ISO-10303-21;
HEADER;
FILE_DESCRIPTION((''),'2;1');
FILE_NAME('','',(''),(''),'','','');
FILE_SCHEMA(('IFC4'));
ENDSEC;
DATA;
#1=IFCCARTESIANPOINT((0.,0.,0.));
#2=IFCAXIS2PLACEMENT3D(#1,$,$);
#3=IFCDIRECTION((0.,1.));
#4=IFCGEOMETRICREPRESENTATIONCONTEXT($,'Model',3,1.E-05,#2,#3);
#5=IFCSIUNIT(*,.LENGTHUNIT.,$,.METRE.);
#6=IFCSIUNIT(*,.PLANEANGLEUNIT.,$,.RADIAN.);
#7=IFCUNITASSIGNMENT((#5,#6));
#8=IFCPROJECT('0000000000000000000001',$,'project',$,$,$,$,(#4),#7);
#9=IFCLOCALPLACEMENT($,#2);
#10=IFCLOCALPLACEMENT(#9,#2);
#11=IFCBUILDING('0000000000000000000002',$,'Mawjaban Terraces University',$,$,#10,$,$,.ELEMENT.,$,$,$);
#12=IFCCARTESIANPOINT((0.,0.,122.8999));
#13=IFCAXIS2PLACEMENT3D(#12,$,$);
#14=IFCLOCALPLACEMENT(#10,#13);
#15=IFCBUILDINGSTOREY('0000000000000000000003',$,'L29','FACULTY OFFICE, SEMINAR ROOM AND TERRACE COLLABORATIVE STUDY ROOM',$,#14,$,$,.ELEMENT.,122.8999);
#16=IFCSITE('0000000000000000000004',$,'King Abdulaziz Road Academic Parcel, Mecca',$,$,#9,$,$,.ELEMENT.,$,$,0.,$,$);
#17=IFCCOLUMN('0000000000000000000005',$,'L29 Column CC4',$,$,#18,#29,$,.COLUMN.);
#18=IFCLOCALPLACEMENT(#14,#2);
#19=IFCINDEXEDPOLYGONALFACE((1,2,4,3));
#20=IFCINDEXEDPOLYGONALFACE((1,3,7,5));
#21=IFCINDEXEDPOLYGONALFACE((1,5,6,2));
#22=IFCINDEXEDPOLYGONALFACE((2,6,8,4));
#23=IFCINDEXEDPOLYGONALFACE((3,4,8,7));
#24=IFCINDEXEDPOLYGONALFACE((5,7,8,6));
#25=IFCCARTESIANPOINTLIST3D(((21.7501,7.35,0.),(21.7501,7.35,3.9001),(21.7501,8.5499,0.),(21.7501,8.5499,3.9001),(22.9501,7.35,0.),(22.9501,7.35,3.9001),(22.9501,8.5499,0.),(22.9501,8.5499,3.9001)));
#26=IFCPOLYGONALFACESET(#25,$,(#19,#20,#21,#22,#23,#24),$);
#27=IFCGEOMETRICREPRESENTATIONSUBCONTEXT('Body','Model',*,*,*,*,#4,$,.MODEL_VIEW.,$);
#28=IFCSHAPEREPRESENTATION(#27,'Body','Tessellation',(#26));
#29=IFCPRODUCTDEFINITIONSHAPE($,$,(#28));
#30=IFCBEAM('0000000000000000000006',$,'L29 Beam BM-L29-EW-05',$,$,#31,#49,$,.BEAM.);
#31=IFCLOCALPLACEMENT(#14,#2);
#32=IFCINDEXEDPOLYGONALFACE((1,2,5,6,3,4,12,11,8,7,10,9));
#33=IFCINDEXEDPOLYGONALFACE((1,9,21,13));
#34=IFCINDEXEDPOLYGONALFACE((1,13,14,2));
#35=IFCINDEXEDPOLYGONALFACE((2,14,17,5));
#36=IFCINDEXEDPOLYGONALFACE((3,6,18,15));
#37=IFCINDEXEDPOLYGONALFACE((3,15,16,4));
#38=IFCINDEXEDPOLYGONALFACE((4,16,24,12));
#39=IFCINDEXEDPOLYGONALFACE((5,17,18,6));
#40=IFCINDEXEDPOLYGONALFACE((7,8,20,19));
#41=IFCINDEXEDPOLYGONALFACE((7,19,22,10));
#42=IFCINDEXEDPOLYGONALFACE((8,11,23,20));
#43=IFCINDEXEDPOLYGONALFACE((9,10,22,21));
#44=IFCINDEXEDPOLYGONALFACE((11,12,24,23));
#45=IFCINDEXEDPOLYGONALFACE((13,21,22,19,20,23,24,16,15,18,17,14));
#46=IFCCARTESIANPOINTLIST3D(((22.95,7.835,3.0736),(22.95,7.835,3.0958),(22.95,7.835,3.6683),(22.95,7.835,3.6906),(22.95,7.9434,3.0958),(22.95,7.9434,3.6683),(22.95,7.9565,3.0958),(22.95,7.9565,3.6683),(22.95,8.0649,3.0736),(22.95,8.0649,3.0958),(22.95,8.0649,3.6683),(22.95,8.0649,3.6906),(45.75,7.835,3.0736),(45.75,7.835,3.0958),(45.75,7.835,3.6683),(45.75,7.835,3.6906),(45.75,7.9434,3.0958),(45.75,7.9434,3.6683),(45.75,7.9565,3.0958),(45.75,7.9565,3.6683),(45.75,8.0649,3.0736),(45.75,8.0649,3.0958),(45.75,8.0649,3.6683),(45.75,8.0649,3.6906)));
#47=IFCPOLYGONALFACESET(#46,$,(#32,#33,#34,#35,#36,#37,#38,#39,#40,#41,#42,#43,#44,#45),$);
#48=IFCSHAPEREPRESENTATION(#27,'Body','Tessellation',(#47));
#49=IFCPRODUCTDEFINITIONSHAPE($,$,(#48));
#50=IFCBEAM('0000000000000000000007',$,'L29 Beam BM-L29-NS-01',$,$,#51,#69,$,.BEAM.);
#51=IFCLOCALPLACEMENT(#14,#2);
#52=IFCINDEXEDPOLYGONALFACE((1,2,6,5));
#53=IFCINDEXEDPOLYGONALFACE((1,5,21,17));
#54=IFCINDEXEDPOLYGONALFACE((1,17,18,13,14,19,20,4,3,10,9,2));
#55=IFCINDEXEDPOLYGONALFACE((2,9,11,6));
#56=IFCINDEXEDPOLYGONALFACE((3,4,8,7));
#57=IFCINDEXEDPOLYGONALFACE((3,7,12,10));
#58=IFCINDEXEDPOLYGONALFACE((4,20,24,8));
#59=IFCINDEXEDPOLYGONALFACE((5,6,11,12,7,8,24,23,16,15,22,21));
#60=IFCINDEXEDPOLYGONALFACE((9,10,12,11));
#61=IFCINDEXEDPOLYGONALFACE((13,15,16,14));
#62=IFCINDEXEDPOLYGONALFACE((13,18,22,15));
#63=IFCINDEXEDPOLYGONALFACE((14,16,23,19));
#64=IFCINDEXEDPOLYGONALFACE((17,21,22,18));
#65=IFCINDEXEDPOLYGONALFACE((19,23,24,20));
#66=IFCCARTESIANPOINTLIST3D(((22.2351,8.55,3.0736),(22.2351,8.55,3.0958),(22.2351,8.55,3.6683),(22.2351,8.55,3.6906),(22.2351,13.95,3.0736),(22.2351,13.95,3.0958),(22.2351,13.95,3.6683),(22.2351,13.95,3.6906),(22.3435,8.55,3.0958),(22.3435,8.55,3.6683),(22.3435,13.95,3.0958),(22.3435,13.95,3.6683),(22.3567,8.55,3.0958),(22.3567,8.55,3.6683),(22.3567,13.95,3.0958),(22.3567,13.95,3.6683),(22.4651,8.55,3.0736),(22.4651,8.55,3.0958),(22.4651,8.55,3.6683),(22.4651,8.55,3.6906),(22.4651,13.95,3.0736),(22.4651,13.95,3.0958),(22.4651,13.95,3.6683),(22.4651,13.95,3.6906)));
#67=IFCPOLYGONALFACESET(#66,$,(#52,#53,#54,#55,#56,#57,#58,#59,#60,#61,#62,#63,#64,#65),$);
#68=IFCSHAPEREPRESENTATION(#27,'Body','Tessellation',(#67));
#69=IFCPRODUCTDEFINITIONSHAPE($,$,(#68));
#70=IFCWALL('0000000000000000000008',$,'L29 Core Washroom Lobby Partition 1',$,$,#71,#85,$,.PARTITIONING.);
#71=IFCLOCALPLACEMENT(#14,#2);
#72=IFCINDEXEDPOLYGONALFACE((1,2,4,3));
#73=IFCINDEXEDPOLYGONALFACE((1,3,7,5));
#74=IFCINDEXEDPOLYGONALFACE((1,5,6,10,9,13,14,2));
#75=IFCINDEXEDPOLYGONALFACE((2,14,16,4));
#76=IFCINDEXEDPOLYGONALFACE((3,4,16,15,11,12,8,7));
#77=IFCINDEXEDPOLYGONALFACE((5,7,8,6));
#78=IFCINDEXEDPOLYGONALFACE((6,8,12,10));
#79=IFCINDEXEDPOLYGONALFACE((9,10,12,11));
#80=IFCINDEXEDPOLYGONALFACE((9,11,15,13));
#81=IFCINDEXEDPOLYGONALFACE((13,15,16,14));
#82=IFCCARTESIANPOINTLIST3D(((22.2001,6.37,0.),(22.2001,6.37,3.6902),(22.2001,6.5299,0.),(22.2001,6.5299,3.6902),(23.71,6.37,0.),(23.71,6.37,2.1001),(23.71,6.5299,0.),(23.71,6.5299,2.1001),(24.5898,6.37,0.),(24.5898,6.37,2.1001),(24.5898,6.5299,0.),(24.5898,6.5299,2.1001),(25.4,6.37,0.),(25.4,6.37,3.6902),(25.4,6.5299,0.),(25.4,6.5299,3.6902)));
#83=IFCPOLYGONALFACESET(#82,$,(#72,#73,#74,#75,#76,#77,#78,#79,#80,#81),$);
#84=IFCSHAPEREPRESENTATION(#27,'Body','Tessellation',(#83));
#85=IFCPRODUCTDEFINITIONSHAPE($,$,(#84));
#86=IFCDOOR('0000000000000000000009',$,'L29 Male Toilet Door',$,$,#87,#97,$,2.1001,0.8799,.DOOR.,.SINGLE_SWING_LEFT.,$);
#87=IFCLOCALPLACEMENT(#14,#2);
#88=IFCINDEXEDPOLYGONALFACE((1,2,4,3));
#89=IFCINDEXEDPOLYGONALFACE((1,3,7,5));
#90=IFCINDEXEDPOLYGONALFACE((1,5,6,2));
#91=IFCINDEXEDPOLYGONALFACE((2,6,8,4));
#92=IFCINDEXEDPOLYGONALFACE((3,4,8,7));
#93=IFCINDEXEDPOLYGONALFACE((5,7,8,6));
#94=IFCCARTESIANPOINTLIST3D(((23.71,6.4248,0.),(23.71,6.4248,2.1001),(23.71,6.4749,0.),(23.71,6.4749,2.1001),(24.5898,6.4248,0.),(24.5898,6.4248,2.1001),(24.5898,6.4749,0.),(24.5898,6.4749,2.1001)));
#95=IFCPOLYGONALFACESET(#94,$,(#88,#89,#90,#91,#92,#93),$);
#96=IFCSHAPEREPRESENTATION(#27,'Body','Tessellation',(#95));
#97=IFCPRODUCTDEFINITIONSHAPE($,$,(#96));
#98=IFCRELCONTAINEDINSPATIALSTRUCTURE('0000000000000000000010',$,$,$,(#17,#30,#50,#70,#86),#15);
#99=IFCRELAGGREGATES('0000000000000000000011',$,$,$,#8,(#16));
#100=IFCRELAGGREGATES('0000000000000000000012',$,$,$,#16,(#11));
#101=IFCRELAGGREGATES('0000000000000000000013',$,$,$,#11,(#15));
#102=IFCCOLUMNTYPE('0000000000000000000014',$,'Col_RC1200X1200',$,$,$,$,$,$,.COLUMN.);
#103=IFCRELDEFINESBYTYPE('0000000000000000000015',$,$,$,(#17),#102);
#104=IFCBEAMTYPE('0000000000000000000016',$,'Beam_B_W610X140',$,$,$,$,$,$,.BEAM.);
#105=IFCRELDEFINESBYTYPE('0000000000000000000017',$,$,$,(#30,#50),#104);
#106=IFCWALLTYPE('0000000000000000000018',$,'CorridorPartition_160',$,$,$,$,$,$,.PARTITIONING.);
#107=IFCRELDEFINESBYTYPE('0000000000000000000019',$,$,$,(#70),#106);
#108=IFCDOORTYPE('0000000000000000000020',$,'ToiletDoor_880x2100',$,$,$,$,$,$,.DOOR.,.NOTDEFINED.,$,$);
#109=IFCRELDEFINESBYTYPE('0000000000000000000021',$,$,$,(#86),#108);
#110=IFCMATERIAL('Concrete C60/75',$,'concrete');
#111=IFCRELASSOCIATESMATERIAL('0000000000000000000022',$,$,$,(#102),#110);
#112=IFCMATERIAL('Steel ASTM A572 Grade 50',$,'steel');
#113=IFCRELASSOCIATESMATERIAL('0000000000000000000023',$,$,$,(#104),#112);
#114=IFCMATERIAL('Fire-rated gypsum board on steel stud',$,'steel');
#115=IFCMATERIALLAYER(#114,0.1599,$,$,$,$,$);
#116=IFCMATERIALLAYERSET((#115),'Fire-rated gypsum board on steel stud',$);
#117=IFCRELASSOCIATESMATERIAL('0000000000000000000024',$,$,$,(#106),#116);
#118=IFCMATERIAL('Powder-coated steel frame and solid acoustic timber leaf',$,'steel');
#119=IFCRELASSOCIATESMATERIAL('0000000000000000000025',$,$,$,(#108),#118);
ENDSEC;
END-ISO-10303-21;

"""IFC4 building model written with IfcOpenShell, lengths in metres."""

from ifc_helpers import new_model, si_unit, direction, frame, frame_2d, origin, origin_2d, place, context, subcontext, project, spatial, rectangle, i_section, extrude, material, layer, layer_set, material_profile, profile_set, type_object, element, fill, save


model = new_model("IFC4")

# Units and contexts
model_context = context("Model", 3, precision=1e-05, world=origin(), true_north=direction((0.0, 1.0)))
body_context = subcontext(model_context, "Body", "Model", "MODEL_VIEW")
ifc_project = project(units=[si_unit("LENGTHUNIT", "METRE"), si_unit("PLANEANGLEUNIT", "RADIAN")], contexts=[model_context])

# Site, building, storey
site_placement = place(None, origin())
site = spatial("IfcSite", under=ifc_project, at=site_placement, Name="King Abdulaziz Road Academic Parcel, Mecca", CompositionType="ELEMENT", RefElevation=0.0)
building_placement = place(site_placement, origin())
building = spatial("IfcBuilding", under=site, at=building_placement, Name="Mawjaban Terraces University", CompositionType="ELEMENT")
storey_placement = place(building_placement, frame((0.0, 0.0, 122.8999)))
storey = spatial("IfcBuildingStorey", under=building, at=storey_placement, Name="L29", Description="FACULTY OFFICE, SEMINAR ROOM AND TERRACE COLLABORATIVE STUDY ROOM", CompositionType="ELEMENT", Elevation=122.8999)

# Column
ifc_material_1 = material(Name="Concrete C60/75", Category="concrete")
ifc_material_profile_1 = material_profile(ifc_material_1, rectangle(XDim=1.2, YDim=1.2, at=origin_2d()), Name="RC1200X1200")
ifc_profile_set_1 = profile_set([ifc_material_profile_1], Name="Concrete C60/75")
column_type = type_object("IfcColumnType", Name="Col_RC1200X1200", PredefinedType="COLUMN", material=ifc_profile_set_1)
column_placement = place(storey_placement, frame((22.3501, 7.95, 0.0), z_axis=(0.0, 0.0, 1.0), x_axis=(1.0, 0.0, 0.0)))
element("IfcColumn", 1, at=column_placement, inside=storey, type_object=column_type, Name="L29 Column CC4", PredefinedType="COLUMN", context=body_context, shape_type="SweptSolid", body=[
    extrude(rectangle(XDim=1.2, YDim=1.2, at=origin_2d()), origin(), (0.0, 0.0, 1.0), 3.9001),
])

# Beams
ifc_material_2 = material(Name="Steel ASTM A572 Grade 50", Category="steel")
ifc_material_profile_2 = material_profile(ifc_material_2, i_section(OverallWidth=0.23, OverallDepth=0.6169, WebThickness=0.0132, FlangeThickness=0.0222, at=origin_2d()), Name="W610X140")
ifc_profile_set_2 = profile_set([ifc_material_profile_2], Name="Steel ASTM A572 Grade 50")
beam_type = type_object("IfcBeamType", Name="Beam_B_W610X140", PredefinedType="BEAM", material=ifc_profile_set_2)
beam_1_placement = place(storey_placement, frame((22.95, 7.95, 3.3821), z_axis=(1.0, 0.0, 0.0), x_axis=(0.0, 1.0, 0.0)))
element("IfcBeam", 2, at=beam_1_placement, inside=storey, type_object=beam_type, Name="L29 Beam BM-L29-EW-05", PredefinedType="BEAM", context=body_context, shape_type="SweptSolid", body=[
    extrude(i_section(OverallWidth=0.23, OverallDepth=0.6169, WebThickness=0.0132, FlangeThickness=0.0222, at=origin_2d()), origin(), (0.0, 0.0, 1.0), 22.8),
])
beam_2_placement = place(storey_placement, frame((22.3501, 8.55, 3.3821), z_axis=(0.0, 1.0, 0.0), x_axis=(-1.0, 0.0, 0.0)))
element("IfcBeam", 3, at=beam_2_placement, inside=storey, type_object=beam_type, Name="L29 Beam BM-L29-NS-01", PredefinedType="BEAM", context=body_context, shape_type="SweptSolid", body=[
    extrude(i_section(OverallWidth=0.23, OverallDepth=0.6169, WebThickness=0.0132, FlangeThickness=0.0222, at=origin_2d()), origin(), (0.0, 0.0, 1.0), 5.3999),
])

# Wall, opening, door
ifc_material_3 = material(Name="Fire-rated gypsum board on steel stud", Category="steel")
ifc_layer_1 = layer(ifc_material_3, 0.1599)
ifc_layer_set_1 = layer_set([ifc_layer_1], Name="Fire-rated gypsum board on steel stud")
wall_type_1 = type_object("IfcWallType", Name="CorridorPartition_160", PredefinedType="PARTITIONING", material=ifc_layer_set_1)
wall_1_placement = place(storey_placement, frame((22.2, 6.45, 0.0), z_axis=(0.0, 0.0, 1.0), x_axis=(1.0, 0.0, 0.0)))
wall_1 = element("IfcWall", 4, at=wall_1_placement, inside=storey, type_object=wall_type_1, Name="L29 Core Washroom Lobby Partition 1", PredefinedType="PARTITIONING", context=body_context, shape_type="SweptSolid", body=[
    extrude(rectangle(XDim=3.2, YDim=0.1599, at=frame_2d((1.6001, 0.0))), origin(), (0.0, 0.0, 1.0), 3.6902),
])
opening_1_placement = place(wall_1_placement, frame((1.51, 0.0, 0.0)))
opening_1 = element("IfcOpeningElement", 5, at=opening_1_placement, cuts=wall_1, PredefinedType="OPENING", context=body_context, shape_type="SweptSolid", body=[
    extrude(rectangle(XDim=0.8799, YDim=2.1001, at=frame_2d((0.4399, 1.05))), frame((0.0, 0.0898, 0.0), z_axis=(0.0, -1.0, 0.0), x_axis=(1.0, 0.0, 0.0)), (0.0, 0.0, 1.0), 0.1799),
])
ifc_material_4 = material(Name="Powder-coated steel frame and solid acoustic timber leaf", Category="steel")
door_type = type_object("IfcDoorType", Name="ToiletDoor_880x2100", OperationType="NOTDEFINED", PredefinedType="DOOR", material=ifc_material_4)
door_placement = place(opening_1_placement, origin())
door = element("IfcDoor", 6, at=door_placement, inside=storey, type_object=door_type, Name="L29 Male Toilet Door", OperationType="SINGLE_SWING_LEFT", OverallHeight=2.1001, OverallWidth=0.8799, PredefinedType="DOOR", context=body_context, shape_type="SweptSolid", body=[
    extrude(rectangle(XDim=0.8799, YDim=2.1001, at=frame_2d((0.4399, 1.05))), frame((0.0, 0.0249, 0.0), z_axis=(0.0, -1.0, 0.0), x_axis=(1.0, 0.0, 0.0)), (0.0, 0.0, 1.0), 0.05),
])
fill(opening_1, door)

save(model, "model.ifc")
